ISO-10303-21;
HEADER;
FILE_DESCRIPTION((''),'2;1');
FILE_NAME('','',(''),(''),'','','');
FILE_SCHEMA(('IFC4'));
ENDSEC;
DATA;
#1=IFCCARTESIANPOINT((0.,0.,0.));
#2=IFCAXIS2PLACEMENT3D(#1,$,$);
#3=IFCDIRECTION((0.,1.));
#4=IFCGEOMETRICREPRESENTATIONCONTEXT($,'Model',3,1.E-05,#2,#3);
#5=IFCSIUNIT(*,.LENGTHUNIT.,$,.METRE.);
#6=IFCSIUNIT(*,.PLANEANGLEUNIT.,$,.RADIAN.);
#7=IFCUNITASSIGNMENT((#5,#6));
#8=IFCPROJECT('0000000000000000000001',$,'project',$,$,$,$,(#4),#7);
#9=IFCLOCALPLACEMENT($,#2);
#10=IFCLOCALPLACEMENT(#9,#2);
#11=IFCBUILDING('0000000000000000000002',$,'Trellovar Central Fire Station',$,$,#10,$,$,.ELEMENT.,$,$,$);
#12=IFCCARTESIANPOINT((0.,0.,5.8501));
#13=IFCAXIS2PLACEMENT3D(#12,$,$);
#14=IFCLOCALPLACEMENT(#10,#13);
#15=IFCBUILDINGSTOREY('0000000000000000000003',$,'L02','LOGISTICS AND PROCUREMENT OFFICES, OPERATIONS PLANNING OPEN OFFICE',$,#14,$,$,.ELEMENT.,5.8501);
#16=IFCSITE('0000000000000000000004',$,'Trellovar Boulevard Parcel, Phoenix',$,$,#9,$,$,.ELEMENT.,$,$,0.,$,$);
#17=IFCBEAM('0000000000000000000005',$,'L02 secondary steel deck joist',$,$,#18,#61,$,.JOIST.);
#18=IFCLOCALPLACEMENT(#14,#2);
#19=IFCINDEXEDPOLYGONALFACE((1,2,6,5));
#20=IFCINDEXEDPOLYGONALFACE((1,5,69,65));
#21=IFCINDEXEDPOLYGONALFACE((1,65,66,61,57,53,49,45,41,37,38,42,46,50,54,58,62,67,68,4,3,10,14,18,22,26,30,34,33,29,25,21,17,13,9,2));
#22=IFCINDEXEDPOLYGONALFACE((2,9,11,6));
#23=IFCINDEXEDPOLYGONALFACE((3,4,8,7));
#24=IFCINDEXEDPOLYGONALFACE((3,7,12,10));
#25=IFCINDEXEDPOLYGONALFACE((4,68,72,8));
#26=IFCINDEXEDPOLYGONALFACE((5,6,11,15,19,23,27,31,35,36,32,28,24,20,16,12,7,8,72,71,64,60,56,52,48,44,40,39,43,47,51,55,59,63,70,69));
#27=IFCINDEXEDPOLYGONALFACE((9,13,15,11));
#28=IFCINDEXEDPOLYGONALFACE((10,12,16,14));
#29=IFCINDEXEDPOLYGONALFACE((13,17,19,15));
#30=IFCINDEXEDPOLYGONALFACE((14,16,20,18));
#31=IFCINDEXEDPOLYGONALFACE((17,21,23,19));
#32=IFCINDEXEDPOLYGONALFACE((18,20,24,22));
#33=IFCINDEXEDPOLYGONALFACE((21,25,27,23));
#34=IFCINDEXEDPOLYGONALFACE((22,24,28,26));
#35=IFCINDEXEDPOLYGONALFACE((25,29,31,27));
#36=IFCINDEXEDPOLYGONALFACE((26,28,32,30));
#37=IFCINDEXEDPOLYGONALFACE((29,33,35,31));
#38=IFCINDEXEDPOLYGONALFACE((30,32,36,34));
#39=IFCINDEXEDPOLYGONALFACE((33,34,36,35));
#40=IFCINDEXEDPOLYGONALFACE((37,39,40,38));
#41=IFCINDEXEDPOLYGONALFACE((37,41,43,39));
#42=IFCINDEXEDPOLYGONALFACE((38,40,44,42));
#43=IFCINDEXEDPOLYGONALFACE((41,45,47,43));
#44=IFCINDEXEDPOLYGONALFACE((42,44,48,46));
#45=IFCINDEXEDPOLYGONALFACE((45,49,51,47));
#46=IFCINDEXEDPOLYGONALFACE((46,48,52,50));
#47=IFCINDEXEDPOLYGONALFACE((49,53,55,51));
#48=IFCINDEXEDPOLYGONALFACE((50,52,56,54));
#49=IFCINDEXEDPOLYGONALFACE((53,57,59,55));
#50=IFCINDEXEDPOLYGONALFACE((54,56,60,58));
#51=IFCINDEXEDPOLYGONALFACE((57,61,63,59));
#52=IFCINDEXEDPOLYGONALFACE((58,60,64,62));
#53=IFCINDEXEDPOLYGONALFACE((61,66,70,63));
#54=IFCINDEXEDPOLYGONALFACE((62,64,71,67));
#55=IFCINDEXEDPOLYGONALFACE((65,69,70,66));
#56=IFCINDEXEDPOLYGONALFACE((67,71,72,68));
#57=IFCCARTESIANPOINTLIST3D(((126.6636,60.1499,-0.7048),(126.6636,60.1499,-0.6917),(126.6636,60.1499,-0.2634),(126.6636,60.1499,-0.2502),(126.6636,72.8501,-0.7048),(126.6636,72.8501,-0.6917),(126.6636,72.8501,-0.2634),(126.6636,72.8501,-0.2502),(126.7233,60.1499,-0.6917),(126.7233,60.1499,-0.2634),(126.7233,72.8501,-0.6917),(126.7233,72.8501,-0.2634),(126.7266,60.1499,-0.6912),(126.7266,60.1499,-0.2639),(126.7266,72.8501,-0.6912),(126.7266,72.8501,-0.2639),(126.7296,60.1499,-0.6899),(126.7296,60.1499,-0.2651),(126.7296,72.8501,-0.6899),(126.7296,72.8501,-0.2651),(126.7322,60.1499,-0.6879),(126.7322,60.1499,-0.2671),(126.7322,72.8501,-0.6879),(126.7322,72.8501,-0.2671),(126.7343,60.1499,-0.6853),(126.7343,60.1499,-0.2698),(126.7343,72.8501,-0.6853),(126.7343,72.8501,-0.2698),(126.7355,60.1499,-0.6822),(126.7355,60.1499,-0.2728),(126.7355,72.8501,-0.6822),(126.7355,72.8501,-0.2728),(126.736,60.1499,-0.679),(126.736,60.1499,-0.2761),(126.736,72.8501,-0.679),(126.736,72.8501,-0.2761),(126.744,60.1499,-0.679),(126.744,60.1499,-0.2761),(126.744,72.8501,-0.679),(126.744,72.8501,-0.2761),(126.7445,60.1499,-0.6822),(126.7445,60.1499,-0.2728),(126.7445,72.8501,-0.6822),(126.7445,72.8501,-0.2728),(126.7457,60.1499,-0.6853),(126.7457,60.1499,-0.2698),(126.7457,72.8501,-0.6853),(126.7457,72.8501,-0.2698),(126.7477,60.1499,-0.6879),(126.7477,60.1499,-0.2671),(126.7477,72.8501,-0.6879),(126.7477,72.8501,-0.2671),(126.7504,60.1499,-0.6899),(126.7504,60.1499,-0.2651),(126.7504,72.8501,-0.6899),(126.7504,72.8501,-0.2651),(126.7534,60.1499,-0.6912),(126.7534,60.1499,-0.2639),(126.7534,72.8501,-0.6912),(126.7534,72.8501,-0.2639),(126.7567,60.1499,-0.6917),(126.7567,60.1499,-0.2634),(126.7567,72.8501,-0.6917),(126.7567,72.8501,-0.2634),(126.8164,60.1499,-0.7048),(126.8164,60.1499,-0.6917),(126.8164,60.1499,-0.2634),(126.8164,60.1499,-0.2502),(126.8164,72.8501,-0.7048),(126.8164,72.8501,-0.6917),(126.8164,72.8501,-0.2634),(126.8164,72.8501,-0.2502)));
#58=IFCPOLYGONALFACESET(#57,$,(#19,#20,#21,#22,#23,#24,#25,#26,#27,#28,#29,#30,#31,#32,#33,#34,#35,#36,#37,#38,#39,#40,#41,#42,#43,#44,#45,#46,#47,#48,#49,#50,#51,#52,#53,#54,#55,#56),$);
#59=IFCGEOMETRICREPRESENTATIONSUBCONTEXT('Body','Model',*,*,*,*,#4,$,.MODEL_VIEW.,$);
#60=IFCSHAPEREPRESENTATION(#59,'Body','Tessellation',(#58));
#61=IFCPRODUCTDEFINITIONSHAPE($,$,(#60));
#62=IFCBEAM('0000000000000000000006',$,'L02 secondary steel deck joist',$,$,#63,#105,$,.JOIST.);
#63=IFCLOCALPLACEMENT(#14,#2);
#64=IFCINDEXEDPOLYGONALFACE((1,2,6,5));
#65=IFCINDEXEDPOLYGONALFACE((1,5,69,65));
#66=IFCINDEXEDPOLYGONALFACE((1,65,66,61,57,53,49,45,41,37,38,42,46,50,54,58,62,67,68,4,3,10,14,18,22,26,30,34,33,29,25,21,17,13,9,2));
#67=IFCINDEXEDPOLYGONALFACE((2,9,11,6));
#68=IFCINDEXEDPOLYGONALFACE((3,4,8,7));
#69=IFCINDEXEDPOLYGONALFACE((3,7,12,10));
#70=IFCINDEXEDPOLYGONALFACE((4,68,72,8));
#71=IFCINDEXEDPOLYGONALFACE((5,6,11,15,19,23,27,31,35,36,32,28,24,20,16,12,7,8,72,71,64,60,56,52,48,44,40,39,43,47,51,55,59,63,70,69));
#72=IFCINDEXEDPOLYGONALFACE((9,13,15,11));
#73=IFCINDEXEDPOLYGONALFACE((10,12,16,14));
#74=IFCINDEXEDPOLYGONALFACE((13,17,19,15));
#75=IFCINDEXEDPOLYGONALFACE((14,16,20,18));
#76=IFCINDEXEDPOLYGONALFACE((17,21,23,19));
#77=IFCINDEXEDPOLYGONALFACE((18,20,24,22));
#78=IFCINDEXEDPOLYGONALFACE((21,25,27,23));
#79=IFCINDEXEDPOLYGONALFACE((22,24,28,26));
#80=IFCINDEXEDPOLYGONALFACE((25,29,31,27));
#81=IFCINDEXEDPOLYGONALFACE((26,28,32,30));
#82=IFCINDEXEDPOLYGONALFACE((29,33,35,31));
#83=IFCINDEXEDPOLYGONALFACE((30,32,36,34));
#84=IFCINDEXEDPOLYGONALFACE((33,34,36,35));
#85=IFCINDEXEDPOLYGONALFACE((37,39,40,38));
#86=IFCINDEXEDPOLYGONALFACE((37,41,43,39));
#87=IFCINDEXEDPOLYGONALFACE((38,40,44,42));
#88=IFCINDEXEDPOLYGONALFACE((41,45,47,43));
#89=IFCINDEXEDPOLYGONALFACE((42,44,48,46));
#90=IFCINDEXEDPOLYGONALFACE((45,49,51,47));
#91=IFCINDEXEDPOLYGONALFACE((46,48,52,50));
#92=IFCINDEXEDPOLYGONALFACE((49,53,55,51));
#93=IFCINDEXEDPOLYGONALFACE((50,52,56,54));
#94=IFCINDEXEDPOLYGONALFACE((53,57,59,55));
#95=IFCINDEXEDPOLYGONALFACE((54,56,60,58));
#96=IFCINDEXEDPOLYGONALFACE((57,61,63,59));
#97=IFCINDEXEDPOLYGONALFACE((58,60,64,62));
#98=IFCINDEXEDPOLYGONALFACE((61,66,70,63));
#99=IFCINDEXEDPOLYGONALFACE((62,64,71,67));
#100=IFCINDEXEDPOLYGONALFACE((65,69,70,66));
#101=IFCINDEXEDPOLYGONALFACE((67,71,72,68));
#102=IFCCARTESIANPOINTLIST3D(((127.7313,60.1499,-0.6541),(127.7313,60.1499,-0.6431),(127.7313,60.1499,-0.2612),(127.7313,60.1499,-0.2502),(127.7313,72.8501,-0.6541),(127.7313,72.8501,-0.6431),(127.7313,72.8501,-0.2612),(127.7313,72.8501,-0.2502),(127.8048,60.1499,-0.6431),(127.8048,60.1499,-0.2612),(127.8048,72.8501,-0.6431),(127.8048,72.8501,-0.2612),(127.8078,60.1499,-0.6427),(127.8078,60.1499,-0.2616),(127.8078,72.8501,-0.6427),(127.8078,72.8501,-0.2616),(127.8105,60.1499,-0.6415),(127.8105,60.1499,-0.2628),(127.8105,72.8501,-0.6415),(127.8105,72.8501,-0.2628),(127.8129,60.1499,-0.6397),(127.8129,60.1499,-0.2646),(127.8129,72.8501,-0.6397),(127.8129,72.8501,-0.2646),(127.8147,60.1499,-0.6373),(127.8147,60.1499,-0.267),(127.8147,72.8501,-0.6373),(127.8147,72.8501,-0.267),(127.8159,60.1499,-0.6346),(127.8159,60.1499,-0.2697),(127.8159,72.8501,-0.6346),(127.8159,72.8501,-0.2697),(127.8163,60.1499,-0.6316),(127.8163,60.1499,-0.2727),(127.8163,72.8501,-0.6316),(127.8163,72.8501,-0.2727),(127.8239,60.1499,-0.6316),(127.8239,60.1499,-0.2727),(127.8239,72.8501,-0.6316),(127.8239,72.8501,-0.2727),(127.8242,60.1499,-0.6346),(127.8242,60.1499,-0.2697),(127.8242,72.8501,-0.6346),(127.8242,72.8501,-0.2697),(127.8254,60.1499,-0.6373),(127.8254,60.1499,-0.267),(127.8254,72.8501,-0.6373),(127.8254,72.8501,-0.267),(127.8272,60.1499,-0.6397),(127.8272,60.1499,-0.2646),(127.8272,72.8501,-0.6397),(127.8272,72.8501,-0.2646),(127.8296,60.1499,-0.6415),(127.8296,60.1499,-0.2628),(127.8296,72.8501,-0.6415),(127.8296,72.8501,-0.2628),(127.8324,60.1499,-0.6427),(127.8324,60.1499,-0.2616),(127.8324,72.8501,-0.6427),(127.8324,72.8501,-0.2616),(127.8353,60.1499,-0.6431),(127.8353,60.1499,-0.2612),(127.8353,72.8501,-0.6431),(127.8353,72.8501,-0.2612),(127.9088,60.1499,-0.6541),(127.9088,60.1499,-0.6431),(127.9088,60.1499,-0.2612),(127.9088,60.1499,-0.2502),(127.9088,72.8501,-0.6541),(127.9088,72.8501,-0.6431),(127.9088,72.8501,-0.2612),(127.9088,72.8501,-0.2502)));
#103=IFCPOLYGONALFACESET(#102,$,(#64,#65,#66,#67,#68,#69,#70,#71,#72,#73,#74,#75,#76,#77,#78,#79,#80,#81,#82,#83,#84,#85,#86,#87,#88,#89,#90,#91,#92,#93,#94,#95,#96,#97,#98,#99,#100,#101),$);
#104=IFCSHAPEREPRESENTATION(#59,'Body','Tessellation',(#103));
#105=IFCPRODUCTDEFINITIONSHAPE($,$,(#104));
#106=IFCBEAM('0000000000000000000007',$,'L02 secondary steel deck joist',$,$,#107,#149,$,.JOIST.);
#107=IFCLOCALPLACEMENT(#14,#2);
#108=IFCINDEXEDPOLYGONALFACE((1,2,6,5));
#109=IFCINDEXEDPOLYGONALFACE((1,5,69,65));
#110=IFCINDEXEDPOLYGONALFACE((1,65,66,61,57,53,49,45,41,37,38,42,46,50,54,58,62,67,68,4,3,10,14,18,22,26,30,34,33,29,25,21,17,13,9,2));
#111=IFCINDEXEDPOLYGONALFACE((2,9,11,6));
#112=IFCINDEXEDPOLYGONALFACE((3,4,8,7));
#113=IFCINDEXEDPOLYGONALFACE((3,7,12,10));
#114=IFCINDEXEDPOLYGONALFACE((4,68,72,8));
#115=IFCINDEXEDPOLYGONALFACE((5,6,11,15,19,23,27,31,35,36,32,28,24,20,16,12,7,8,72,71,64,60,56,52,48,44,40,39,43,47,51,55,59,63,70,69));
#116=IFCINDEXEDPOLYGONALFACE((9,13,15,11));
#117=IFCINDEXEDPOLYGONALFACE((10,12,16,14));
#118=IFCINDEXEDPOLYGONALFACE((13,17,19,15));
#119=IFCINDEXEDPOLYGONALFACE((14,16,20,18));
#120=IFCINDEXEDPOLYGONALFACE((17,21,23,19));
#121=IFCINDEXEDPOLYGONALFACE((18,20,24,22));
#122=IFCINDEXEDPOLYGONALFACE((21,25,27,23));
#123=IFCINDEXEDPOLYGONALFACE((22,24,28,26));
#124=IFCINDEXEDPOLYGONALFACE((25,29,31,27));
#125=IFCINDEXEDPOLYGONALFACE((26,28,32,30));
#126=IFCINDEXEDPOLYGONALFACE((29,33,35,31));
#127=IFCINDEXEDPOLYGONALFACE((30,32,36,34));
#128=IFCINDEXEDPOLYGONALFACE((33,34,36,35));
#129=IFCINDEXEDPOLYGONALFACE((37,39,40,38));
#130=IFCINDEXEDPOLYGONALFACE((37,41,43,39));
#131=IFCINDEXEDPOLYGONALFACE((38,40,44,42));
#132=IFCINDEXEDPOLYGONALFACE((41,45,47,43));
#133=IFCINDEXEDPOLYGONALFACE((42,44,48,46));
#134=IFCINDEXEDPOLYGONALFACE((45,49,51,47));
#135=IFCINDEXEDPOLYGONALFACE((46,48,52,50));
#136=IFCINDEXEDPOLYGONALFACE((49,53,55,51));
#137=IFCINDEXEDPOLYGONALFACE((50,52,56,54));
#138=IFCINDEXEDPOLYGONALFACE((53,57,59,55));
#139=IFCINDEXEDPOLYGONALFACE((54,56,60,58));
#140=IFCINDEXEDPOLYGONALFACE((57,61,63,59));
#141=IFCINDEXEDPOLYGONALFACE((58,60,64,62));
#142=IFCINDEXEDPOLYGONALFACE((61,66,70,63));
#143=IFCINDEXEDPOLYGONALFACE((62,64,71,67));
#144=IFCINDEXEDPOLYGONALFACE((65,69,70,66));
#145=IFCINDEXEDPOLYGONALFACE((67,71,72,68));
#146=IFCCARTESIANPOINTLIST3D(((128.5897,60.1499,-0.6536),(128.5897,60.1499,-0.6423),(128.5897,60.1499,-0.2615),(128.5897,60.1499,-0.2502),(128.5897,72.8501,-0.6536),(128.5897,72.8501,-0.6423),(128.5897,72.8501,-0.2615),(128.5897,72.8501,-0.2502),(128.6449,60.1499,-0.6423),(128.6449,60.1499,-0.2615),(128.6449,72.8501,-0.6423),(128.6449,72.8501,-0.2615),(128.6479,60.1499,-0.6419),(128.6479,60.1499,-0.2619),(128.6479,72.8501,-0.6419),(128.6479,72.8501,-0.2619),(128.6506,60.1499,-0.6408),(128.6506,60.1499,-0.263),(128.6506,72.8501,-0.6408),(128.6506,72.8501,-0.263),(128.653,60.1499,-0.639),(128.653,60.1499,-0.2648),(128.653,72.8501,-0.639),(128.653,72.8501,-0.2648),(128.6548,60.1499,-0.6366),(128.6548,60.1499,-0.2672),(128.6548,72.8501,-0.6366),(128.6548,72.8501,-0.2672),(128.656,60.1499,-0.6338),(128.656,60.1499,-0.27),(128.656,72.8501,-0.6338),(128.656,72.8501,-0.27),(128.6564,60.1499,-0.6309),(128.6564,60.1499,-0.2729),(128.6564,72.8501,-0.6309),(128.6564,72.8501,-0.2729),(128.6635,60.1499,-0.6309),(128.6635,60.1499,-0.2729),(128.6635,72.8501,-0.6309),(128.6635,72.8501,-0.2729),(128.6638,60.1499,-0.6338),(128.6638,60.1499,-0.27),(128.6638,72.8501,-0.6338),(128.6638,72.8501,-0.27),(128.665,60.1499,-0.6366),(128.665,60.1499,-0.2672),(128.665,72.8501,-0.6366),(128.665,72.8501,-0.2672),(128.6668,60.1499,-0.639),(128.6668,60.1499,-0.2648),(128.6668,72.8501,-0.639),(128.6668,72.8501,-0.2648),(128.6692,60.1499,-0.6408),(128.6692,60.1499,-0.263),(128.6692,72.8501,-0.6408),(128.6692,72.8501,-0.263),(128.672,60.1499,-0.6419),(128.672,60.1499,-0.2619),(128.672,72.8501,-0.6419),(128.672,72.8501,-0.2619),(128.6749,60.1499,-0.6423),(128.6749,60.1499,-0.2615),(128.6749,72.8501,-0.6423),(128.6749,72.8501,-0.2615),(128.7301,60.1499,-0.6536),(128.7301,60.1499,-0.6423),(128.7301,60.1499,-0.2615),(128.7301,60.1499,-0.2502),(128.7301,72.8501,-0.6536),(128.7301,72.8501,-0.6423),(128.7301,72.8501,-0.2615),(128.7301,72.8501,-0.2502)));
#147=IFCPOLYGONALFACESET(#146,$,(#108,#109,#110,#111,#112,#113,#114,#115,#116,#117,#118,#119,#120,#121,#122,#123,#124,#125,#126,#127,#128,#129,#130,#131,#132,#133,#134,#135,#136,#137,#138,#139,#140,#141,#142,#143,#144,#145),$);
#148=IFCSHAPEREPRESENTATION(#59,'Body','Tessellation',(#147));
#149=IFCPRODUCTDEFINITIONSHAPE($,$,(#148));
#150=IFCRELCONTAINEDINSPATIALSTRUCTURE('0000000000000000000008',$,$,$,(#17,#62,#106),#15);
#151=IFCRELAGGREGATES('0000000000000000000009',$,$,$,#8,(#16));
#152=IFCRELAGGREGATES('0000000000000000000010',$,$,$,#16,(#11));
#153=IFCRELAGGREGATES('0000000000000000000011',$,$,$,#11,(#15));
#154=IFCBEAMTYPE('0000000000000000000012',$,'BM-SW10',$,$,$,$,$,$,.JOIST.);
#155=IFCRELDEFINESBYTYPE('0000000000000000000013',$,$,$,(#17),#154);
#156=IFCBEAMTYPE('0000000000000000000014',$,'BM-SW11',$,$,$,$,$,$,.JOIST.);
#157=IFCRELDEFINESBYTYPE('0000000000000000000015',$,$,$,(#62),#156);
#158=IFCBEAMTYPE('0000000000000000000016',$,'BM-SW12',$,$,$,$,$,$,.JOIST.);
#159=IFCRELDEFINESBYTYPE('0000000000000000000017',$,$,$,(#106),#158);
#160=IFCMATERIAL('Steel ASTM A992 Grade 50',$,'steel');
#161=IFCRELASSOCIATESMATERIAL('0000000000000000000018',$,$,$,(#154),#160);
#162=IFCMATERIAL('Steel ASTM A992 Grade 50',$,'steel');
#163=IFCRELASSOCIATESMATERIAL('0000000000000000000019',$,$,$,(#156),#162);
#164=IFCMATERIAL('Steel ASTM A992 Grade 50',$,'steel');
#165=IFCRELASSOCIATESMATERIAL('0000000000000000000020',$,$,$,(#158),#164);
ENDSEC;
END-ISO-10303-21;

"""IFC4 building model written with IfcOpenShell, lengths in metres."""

from ifc_helpers import new_model, si_unit, direction, frame, origin, origin_2d, place, context, subcontext, project, spatial, i_section, extrude, material, material_profile, profile_set, type_object, element, save


model = new_model("IFC4")

# Units and contexts
model_context = context("Model", 3, precision=1e-05, world=origin(), true_north=direction((0.0, 1.0)))
body_context = subcontext(model_context, "Body", "Model", "MODEL_VIEW")
ifc_project = project(units=[si_unit("LENGTHUNIT", "METRE"), si_unit("PLANEANGLEUNIT", "RADIAN")], contexts=[model_context])

# Site, building, storey
site_placement = place(None, origin())
site = spatial("IfcSite", under=ifc_project, at=site_placement, Name="Trellovar Boulevard Parcel, Phoenix", CompositionType="ELEMENT", RefElevation=0.0)
building_placement = place(site_placement, origin())
building = spatial("IfcBuilding", under=site, at=building_placement, Name="Trellovar Central Fire Station", CompositionType="ELEMENT")
storey_placement = place(building_placement, frame((0.0, 0.0, 5.8501)))
storey = spatial("IfcBuildingStorey", under=building, at=storey_placement, Name="L02", Description="LOGISTICS AND PROCUREMENT OFFICES, OPERATIONS PLANNING OPEN OFFICE", CompositionType="ELEMENT", Elevation=5.8501)

# Beams
ifc_material_1 = material(Name="Steel ASTM A992 Grade 50", Category="steel")
ifc_material_profile_1 = material_profile(ifc_material_1, i_section(OverallWidth=0.1528, OverallDepth=0.4546, WebThickness=0.0081, FlangeThickness=0.0132, FilletRadius=0.0127, at=origin_2d()), Name="W18X40")
ifc_profile_set_1 = profile_set([ifc_material_profile_1], Name="Steel ASTM A992 Grade 50")
beam_type_1 = type_object("IfcBeamType", Name="BM-SW10", PredefinedType="JOIST", material=ifc_profile_set_1)
beam_1_placement = place(storey_placement, frame((126.74, 60.1499, -0.4775), z_axis=(0.0, 1.0, 0.0), x_axis=(-1.0, 0.0, 0.0)))
element("IfcBeam", 1, at=beam_1_placement, inside=storey, type_object=beam_type_1, Name="L02 secondary steel deck joist", PredefinedType="JOIST", context=body_context, shape_type="SweptSolid", body=[
    extrude(i_section(OverallWidth=0.1528, OverallDepth=0.4546, WebThickness=0.0081, FlangeThickness=0.0132, FilletRadius=0.0127, at=origin_2d()), origin(), (0.0, 0.0, 1.0), 12.7002),
])
ifc_material_2 = material(Name="Steel ASTM A992 Grade 50", Category="steel")
ifc_material_profile_2 = material_profile(ifc_material_2, i_section(OverallWidth=0.1775, OverallDepth=0.4038, WebThickness=0.0076, FlangeThickness=0.011, FilletRadius=0.0115, at=origin_2d()), Name="W16X36")
ifc_profile_set_2 = profile_set([ifc_material_profile_2], Name="Steel ASTM A992 Grade 50")
beam_type_2 = type_object("IfcBeamType", Name="BM-SW11", PredefinedType="JOIST", material=ifc_profile_set_2)
beam_2_placement = place(storey_placement, frame((127.8201, 60.1499, -0.4521), z_axis=(0.0, 1.0, 0.0), x_axis=(-1.0, 0.0, 0.0)))
element("IfcBeam", 2, at=beam_2_placement, inside=storey, type_object=beam_type_2, Name="L02 secondary steel deck joist", PredefinedType="JOIST", context=body_context, shape_type="SweptSolid", body=[
    extrude(i_section(OverallWidth=0.1775, OverallDepth=0.4038, WebThickness=0.0076, FlangeThickness=0.011, FilletRadius=0.0115, at=origin_2d()), origin(), (0.0, 0.0, 1.0), 12.7002),
])
ifc_material_3 = material(Name="Steel ASTM A992 Grade 50", Category="steel")
ifc_material_profile_3 = material_profile(ifc_material_3, i_section(OverallWidth=0.1404, OverallDepth=0.4033, WebThickness=0.0071, FlangeThickness=0.0112, FilletRadius=0.0115, at=origin_2d()), Name="W16X31")
ifc_profile_set_3 = profile_set([ifc_material_profile_3], Name="Steel ASTM A992 Grade 50")
beam_type_3 = type_object("IfcBeamType", Name="BM-SW12", PredefinedType="JOIST", material=ifc_profile_set_3)
beam_3_placement = place(storey_placement, frame((128.6599, 60.1499, -0.4519), z_axis=(0.0, 1.0, 0.0), x_axis=(-1.0, 0.0, 0.0)))
element("IfcBeam", 3, at=beam_3_placement, inside=storey, type_object=beam_type_3, Name="L02 secondary steel deck joist", PredefinedType="JOIST", context=body_context, shape_type="SweptSolid", body=[
    extrude(i_section(OverallWidth=0.1404, OverallDepth=0.4033, WebThickness=0.0071, FlangeThickness=0.0112, FilletRadius=0.0115, at=origin_2d()), origin(), (0.0, 0.0, 1.0), 12.7002),
])

save(model, "model.ifc")
